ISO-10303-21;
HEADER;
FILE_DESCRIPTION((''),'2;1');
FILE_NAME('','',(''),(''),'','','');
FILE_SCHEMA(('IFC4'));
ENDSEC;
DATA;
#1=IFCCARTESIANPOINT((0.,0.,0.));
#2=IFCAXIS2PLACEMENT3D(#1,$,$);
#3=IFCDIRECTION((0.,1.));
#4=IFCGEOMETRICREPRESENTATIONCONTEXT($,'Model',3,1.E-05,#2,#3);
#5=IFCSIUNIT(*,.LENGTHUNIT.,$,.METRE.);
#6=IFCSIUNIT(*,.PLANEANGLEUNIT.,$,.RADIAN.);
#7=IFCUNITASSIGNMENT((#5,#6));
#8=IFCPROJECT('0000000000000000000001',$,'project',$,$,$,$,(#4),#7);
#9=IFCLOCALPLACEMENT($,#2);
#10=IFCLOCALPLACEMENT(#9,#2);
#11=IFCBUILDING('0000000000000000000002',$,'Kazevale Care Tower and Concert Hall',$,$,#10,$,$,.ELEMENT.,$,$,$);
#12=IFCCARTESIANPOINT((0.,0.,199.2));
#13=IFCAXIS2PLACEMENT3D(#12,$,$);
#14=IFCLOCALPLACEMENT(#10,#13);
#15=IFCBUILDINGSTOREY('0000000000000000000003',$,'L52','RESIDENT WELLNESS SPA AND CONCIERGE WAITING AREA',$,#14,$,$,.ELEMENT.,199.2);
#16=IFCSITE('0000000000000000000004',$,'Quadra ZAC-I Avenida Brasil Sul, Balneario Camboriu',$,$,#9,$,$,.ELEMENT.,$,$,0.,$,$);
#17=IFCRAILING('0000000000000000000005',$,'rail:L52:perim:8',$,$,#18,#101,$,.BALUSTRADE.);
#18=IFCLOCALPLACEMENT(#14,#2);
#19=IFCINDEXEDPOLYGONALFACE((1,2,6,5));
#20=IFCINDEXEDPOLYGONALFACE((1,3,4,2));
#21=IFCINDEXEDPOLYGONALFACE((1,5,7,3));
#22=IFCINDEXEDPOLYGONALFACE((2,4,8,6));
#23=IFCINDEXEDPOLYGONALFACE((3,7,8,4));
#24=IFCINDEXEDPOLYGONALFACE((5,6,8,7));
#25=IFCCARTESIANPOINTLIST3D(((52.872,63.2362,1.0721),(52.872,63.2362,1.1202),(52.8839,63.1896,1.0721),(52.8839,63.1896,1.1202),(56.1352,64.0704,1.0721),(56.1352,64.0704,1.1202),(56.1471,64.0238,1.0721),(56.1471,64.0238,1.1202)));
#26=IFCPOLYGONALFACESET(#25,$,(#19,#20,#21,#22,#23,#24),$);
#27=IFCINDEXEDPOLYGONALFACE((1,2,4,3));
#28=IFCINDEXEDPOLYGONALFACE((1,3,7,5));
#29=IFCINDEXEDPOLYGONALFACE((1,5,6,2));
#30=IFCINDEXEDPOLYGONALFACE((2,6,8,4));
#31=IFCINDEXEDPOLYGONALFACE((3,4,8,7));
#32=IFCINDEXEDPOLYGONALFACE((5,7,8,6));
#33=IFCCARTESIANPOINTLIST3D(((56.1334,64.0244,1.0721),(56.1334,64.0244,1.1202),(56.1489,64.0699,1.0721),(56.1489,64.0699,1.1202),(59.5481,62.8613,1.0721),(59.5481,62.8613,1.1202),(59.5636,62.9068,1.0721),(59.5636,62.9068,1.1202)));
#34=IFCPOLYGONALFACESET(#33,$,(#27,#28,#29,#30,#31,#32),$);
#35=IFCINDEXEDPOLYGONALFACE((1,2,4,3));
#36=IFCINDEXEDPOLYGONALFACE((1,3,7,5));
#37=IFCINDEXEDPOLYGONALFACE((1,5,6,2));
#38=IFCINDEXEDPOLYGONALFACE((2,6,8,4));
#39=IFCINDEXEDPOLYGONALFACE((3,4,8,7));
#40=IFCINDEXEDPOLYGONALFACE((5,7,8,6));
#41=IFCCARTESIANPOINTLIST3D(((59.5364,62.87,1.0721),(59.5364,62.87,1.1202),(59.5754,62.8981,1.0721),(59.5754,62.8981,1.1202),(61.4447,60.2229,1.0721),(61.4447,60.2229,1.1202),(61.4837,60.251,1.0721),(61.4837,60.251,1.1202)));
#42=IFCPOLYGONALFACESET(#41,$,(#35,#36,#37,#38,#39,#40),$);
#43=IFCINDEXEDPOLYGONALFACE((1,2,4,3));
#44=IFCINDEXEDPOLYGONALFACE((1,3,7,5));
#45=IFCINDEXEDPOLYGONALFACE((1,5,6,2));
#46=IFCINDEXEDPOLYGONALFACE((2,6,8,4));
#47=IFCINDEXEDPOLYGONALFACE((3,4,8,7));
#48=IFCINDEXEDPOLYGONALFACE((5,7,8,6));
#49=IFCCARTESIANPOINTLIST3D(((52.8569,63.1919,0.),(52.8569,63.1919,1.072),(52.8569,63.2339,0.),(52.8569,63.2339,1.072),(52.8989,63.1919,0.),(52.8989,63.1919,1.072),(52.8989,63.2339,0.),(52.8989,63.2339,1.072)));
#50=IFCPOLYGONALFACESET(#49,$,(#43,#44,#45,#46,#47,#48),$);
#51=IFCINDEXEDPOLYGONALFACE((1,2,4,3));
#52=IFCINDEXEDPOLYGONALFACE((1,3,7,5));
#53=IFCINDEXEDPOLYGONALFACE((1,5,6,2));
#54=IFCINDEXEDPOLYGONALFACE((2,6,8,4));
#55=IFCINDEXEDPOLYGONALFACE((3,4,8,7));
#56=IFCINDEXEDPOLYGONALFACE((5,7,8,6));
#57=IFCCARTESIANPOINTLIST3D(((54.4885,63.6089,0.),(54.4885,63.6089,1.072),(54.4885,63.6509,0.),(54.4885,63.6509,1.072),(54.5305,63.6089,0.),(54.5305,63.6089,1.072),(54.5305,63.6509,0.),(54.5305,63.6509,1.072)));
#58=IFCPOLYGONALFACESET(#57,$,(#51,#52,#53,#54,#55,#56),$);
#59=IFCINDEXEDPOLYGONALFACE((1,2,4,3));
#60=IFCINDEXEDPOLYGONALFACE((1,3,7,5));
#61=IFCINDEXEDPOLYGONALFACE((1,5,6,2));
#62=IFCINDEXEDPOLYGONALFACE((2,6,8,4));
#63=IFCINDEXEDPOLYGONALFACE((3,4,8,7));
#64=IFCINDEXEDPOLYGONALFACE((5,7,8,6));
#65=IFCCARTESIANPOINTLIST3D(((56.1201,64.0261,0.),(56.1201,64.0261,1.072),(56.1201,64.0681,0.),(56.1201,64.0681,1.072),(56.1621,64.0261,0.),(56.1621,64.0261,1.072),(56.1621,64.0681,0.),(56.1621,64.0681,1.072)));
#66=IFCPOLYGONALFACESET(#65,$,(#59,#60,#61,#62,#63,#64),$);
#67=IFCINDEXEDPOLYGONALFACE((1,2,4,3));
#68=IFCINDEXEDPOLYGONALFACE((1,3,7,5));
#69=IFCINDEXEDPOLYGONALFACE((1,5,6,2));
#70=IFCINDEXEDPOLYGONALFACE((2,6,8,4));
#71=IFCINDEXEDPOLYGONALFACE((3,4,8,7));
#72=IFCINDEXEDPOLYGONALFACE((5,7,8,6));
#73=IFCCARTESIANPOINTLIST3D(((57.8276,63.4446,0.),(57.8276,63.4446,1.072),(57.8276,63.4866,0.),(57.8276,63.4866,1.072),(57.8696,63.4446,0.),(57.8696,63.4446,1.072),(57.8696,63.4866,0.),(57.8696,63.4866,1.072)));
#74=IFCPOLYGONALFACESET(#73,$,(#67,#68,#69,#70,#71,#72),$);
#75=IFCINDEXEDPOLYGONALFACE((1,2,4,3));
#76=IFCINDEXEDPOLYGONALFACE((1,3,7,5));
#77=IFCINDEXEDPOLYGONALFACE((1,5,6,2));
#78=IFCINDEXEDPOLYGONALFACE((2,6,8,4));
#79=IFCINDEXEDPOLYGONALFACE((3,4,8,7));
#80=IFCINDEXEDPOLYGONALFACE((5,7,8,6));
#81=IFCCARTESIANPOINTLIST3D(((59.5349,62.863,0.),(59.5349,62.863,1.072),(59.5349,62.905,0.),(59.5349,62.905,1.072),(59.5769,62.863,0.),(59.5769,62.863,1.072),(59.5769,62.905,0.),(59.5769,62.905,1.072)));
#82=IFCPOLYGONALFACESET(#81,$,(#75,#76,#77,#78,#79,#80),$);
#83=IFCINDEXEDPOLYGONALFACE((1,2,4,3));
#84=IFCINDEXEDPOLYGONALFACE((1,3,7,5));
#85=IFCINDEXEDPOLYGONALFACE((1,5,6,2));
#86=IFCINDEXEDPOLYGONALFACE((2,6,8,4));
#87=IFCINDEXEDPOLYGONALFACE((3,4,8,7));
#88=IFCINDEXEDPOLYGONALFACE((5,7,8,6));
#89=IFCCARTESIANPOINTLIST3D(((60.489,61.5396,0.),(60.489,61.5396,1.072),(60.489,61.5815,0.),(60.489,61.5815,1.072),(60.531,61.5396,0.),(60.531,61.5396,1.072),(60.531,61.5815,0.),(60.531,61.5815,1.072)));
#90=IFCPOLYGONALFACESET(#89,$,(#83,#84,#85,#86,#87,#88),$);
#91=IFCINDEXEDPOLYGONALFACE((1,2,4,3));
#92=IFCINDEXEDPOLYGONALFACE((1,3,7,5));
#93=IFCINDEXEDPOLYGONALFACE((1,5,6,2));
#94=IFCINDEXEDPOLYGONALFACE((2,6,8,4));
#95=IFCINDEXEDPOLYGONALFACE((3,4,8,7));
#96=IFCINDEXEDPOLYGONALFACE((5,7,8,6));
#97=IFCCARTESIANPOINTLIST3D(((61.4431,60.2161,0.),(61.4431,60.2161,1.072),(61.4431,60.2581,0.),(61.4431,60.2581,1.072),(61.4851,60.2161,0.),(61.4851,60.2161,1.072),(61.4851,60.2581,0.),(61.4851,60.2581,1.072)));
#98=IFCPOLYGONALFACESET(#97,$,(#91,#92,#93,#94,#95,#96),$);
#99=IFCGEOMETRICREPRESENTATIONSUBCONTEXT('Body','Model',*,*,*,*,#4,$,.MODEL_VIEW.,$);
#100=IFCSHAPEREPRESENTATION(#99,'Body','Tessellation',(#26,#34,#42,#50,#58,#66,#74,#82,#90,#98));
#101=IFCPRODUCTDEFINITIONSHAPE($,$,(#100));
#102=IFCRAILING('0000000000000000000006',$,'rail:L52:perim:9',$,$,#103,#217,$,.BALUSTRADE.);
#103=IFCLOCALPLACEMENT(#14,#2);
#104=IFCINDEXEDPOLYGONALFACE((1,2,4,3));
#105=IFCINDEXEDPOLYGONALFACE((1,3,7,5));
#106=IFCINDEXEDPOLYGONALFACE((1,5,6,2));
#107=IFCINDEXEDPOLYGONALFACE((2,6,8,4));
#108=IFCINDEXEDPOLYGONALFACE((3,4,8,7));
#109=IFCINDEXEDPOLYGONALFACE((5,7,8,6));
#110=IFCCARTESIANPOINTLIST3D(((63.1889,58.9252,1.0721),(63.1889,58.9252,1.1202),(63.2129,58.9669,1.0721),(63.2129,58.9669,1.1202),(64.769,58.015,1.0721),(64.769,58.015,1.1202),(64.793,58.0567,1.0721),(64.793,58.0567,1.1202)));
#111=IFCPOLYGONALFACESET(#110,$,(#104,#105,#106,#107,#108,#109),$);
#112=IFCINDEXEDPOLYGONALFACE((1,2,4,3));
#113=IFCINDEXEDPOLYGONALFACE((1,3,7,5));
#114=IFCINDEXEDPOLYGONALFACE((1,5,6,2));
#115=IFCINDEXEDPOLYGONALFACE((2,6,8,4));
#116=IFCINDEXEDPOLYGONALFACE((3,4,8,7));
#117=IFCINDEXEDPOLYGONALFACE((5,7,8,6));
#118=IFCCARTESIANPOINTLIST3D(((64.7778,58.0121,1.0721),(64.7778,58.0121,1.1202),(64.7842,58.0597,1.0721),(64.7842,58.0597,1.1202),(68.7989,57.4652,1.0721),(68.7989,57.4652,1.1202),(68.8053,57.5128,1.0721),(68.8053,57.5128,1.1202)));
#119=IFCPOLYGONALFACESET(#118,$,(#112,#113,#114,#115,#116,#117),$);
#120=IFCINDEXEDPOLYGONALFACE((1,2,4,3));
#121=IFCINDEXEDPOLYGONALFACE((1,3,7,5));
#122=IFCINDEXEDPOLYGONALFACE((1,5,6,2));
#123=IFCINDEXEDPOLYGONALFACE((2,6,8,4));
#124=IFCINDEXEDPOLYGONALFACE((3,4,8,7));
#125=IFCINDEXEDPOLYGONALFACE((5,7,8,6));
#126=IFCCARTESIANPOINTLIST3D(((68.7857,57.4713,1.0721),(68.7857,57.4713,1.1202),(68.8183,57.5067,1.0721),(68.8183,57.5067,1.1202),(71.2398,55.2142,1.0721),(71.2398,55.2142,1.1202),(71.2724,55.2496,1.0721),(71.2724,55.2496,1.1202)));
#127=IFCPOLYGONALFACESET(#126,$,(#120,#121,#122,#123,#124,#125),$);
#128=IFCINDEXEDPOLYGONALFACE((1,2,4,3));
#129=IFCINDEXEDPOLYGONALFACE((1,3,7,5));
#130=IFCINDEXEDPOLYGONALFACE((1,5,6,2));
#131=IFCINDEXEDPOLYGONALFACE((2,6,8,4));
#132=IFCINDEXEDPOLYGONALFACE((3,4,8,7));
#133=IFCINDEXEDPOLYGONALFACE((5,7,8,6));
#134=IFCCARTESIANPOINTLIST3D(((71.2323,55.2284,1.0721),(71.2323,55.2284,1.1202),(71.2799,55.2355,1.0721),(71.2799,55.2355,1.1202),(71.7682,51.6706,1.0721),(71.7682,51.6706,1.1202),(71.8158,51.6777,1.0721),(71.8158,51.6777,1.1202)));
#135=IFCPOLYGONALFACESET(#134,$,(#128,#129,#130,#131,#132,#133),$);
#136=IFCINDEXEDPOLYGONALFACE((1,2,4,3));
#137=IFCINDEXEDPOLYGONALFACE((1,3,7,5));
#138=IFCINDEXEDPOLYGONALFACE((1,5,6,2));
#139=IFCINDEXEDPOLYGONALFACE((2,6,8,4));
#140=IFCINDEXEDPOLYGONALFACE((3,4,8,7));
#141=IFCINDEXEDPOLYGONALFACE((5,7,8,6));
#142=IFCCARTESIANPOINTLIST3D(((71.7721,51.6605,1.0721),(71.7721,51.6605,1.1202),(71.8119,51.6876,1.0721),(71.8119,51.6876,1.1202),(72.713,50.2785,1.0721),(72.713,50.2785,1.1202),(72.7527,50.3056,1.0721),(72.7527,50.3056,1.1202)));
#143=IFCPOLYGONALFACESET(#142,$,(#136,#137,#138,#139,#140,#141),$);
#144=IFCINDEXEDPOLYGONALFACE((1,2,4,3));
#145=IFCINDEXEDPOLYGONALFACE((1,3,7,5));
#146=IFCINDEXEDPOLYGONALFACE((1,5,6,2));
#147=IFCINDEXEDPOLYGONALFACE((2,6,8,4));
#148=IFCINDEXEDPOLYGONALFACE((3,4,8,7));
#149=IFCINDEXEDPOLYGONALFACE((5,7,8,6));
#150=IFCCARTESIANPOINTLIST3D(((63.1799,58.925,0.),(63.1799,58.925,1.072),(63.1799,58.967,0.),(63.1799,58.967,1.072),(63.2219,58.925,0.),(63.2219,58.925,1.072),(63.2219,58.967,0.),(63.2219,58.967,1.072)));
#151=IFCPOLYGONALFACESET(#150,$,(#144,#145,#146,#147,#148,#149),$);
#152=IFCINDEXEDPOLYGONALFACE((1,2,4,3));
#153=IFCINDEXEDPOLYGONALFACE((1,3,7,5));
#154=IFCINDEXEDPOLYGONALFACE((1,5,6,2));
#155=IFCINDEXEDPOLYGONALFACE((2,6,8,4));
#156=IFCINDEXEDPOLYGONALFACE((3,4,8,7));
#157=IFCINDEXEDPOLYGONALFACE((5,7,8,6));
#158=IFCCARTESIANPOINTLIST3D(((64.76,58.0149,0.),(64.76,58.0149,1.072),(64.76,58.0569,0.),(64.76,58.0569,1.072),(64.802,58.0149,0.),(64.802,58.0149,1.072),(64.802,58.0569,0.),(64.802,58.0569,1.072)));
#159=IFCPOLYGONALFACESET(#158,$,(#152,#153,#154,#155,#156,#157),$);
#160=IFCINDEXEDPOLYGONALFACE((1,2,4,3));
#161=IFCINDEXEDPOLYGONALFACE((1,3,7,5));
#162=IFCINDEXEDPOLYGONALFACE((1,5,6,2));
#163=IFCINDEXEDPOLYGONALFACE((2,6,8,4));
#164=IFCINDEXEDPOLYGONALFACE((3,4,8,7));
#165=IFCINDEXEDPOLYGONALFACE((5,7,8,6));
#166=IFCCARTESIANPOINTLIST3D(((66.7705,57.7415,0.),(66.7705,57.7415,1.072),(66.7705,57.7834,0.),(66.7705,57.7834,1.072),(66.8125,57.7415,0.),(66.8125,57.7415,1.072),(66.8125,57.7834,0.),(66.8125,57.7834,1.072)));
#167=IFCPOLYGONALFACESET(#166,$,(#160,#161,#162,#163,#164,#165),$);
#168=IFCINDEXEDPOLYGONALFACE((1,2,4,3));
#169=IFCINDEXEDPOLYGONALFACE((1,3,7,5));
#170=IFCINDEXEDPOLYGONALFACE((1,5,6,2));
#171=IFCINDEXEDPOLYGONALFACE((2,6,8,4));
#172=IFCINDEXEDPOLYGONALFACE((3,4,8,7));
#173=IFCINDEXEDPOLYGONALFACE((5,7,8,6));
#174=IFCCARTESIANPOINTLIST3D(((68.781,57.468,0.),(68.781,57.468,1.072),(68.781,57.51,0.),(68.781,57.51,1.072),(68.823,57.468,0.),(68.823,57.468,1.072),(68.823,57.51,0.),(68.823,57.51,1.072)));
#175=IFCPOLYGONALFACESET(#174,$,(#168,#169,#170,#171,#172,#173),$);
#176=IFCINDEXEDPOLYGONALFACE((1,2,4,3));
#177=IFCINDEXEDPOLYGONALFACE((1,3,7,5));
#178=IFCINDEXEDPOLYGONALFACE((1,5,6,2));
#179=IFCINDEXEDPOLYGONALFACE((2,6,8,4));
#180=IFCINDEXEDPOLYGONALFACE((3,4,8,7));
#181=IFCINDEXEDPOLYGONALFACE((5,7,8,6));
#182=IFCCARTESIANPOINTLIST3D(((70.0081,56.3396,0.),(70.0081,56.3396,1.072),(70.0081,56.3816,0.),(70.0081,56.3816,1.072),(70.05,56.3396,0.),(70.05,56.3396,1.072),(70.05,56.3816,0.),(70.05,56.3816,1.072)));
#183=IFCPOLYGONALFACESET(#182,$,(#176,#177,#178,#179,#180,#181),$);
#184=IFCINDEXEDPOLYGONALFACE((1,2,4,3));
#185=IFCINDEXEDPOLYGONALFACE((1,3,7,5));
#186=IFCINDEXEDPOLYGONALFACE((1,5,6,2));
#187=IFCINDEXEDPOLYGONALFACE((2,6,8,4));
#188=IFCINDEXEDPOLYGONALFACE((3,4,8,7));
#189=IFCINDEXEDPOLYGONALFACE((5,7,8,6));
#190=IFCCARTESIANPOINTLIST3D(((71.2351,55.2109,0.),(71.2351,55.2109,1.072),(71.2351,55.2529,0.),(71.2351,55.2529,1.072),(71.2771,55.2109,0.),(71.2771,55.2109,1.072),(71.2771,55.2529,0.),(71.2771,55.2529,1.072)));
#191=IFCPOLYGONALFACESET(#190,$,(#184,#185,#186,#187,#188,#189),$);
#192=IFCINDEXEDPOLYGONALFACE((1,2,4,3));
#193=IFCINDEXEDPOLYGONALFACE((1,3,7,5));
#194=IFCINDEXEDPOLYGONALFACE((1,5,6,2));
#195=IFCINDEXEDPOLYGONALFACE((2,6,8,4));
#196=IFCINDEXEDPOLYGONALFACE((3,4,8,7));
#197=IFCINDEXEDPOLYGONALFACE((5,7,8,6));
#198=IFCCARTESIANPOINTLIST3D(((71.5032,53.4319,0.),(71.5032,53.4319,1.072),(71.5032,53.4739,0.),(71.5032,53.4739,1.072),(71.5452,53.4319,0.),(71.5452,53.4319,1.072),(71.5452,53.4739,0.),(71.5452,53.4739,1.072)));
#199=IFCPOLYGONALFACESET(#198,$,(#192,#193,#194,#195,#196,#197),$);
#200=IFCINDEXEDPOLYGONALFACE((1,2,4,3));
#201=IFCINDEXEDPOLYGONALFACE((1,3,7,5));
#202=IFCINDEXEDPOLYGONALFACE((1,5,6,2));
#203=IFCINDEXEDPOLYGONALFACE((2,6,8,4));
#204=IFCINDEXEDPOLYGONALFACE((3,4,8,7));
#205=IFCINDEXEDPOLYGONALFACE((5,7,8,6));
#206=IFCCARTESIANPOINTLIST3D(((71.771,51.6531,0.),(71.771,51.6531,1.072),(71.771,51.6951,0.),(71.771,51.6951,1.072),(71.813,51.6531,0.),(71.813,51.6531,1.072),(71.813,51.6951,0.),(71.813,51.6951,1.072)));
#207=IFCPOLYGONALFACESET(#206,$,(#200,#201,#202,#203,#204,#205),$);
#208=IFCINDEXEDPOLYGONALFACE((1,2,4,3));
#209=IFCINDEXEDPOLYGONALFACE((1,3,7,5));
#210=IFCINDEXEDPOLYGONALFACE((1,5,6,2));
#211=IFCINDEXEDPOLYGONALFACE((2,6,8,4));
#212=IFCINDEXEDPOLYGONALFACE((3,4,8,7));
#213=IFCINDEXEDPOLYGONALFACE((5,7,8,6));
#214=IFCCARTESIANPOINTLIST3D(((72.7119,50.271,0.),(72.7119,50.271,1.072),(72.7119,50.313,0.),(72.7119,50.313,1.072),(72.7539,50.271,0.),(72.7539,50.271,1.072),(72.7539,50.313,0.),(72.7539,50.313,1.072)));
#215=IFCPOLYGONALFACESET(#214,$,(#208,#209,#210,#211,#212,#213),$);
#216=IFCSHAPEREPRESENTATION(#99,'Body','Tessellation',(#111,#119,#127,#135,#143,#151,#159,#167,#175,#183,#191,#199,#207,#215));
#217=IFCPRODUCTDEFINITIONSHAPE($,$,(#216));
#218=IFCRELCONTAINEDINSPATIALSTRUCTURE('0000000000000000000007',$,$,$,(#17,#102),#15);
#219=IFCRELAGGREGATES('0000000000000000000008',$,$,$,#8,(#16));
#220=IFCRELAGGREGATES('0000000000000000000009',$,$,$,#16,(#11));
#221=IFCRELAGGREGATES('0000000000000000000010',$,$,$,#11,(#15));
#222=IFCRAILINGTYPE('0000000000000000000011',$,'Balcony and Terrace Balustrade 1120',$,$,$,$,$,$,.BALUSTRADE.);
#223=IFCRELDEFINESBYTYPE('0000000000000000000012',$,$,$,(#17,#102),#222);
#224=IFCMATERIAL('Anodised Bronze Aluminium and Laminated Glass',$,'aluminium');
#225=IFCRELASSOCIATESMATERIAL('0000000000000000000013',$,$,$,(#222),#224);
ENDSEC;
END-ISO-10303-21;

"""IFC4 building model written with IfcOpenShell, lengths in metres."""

from ifc_helpers import new_model, si_unit, direction, frame, origin, origin_2d, place, context, subcontext, project, spatial, rectangle, extrude, material, type_object, element, save


model = new_model("IFC4")

# Units and contexts
model_context = context("Model", 3, precision=1e-05, world=origin(), true_north=direction((0.0, 1.0)))
body_context = subcontext(model_context, "Body", "Model", "MODEL_VIEW")
ifc_project = project(units=[si_unit("LENGTHUNIT", "METRE"), si_unit("PLANEANGLEUNIT", "RADIAN")], contexts=[model_context])

# Site, building, storey
site_placement = place(None, origin())
site = spatial("IfcSite", under=ifc_project, at=site_placement, Name="Quadra ZAC-I Avenida Brasil Sul, Balneario Camboriu", CompositionType="ELEMENT", RefElevation=0.0)
building_placement = place(site_placement, origin())
building = spatial("IfcBuilding", under=site, at=building_placement, Name="Kazevale Care Tower and Concert Hall", CompositionType="ELEMENT")
storey_placement = place(building_placement, frame((0.0, 0.0, 199.2)))
storey = spatial("IfcBuildingStorey", under=building, at=storey_placement, Name="L52", Description="RESIDENT WELLNESS SPA AND CONCIERGE WAITING AREA", CompositionType="ELEMENT", Elevation=199.2)

# Railings
ifc_material_1 = material(Name="Anodised Bronze Aluminium and Laminated Glass", Category="aluminium")
railing_type = type_object("IfcRailingType", Name="Balcony and Terrace Balustrade 1120", PredefinedType="BALUSTRADE", material=ifc_material_1)
railing_1_placement = place(storey_placement, frame((52.8779, 63.2129, 0.0)))
element("IfcRailing", 1, at=railing_1_placement, inside=storey, type_object=railing_type, Name="rail:L52:perim:8", PredefinedType="BALUSTRADE", context=body_context, shape_type="SweptSolid", body=[
    extrude(rectangle(XDim=0.0481, YDim=0.0481, at=origin_2d()), frame((0.0, 0.0, 1.0962), z_axis=(0.968841, 0.247683, 0.0), x_axis=(-0.247683, 0.968841, 0.0)), (0.0, 0.0, 1.0), 3.3682),
    extrude(rectangle(XDim=0.0481, YDim=0.0481, at=origin_2d()), frame((3.2632, 0.8342, 1.0962), z_axis=(0.946599, -0.322413, 0.0), x_axis=(0.322413, 0.946599, 0.0)), (0.0, 0.0, 1.0), 3.6074),
    extrude(rectangle(XDim=0.0481, YDim=0.0481, at=origin_2d()), frame((6.678, -0.3289, 1.0962), z_axis=(0.584786, -0.811188, 0.0), x_axis=(0.811188, 0.584786, 0.0)), (0.0, 0.0, 1.0), 3.2632),
    extrude(rectangle(XDim=0.042, YDim=0.042, at=origin_2d()), origin(), (0.0, 0.0, 1.0), 1.072),
    extrude(rectangle(XDim=0.042, YDim=0.042, at=origin_2d()), frame((1.6316, 0.417, 0.0)), (0.0, 0.0, 1.0), 1.072),
    extrude(rectangle(XDim=0.042, YDim=0.042, at=origin_2d()), frame((3.2632, 0.8342, 0.0)), (0.0, 0.0, 1.0), 1.072),
    extrude(rectangle(XDim=0.042, YDim=0.042, at=origin_2d()), frame((4.9707, 0.2527, 0.0)), (0.0, 0.0, 1.0), 1.072),
    extrude(rectangle(XDim=0.042, YDim=0.042, at=origin_2d()), frame((6.678, -0.3289, 0.0)), (0.0, 0.0, 1.0), 1.072),
    extrude(rectangle(XDim=0.042, YDim=0.042, at=origin_2d()), frame((7.6321, -1.6523, 0.0)), (0.0, 0.0, 1.0), 1.072),
    extrude(rectangle(XDim=0.042, YDim=0.042, at=origin_2d()), frame((8.5862, -2.9758, 0.0)), (0.0, 0.0, 1.0), 1.072),
])
railing_2_placement = place(storey_placement, frame((63.2009, 58.946, 0.0)))
element("IfcRailing", 2, at=railing_2_placement, inside=storey, type_object=railing_type, Name="rail:L52:perim:9", PredefinedType="BALUSTRADE", context=body_context, shape_type="SweptSolid", body=[
    extrude(rectangle(XDim=0.0481, YDim=0.0481, at=origin_2d()), frame((0.0, 0.0, 1.0962), z_axis=(0.866524, -0.499135, 0.0), x_axis=(0.499135, 0.866524, 0.0)), (0.0, 0.0, 1.0), 1.8235),
    extrude(rectangle(XDim=0.0481, YDim=0.0481, at=origin_2d()), frame((1.5801, -0.9102, 1.0962), z_axis=(0.990878, -0.134764, 0.0), x_axis=(0.134764, 0.990878, 0.0)), (0.0, 0.0, 1.0), 4.0581),
    extrude(rectangle(XDim=0.0481, YDim=0.0481, at=origin_2d()), frame((5.6011, -1.457, 1.0962), z_axis=(0.736035, -0.676944, 0.0), x_axis=(0.676944, 0.736035, 0.0)), (0.0, 0.0, 1.0), 3.3342),
    extrude(rectangle(XDim=0.0481, YDim=0.0481, at=origin_2d()), frame((8.0552, -3.7141, 1.0962), z_axis=(0.148941, -0.988846, 0.0), x_axis=(0.988846, 0.148941, 0.0)), (0.0, 0.0, 1.0), 3.5979),
    extrude(rectangle(XDim=0.0481, YDim=0.0481, at=origin_2d()), frame((8.5911, -7.272, 1.0962), z_axis=(0.562761, -0.826619, 0.0), x_axis=(0.826619, 0.562761, 0.0)), (0.0, 0.0, 1.0), 1.6719),
    extrude(rectangle(XDim=0.042, YDim=0.042, at=origin_2d()), origin(), (0.0, 0.0, 1.0), 1.072),
    extrude(rectangle(XDim=0.042, YDim=0.042, at=origin_2d()), frame((1.5801, -0.9102, 0.0)), (0.0, 0.0, 1.0), 1.072),
    extrude(rectangle(XDim=0.042, YDim=0.042, at=origin_2d()), frame((3.5906, -1.1836, 0.0)), (0.0, 0.0, 1.0), 1.072),
    extrude(rectangle(XDim=0.042, YDim=0.042, at=origin_2d()), frame((5.6011, -1.457, 0.0)), (0.0, 0.0, 1.0), 1.072),
    extrude(rectangle(XDim=0.042, YDim=0.042, at=origin_2d()), frame((6.8281, -2.5854, 0.0)), (0.0, 0.0, 1.0), 1.072),
    extrude(rectangle(XDim=0.042, YDim=0.042, at=origin_2d()), frame((8.0552, -3.7141, 0.0)), (0.0, 0.0, 1.0), 1.072),
    extrude(rectangle(XDim=0.042, YDim=0.042, at=origin_2d()), frame((8.3232, -5.4932, 0.0)), (0.0, 0.0, 1.0), 1.072),
    extrude(rectangle(XDim=0.042, YDim=0.042, at=origin_2d()), frame((8.5911, -7.272, 0.0)), (0.0, 0.0, 1.0), 1.072),
    extrude(rectangle(XDim=0.042, YDim=0.042, at=origin_2d()), frame((9.532, -8.6541, 0.0)), (0.0, 0.0, 1.0), 1.072),
])

save(model, "model.ifc")
